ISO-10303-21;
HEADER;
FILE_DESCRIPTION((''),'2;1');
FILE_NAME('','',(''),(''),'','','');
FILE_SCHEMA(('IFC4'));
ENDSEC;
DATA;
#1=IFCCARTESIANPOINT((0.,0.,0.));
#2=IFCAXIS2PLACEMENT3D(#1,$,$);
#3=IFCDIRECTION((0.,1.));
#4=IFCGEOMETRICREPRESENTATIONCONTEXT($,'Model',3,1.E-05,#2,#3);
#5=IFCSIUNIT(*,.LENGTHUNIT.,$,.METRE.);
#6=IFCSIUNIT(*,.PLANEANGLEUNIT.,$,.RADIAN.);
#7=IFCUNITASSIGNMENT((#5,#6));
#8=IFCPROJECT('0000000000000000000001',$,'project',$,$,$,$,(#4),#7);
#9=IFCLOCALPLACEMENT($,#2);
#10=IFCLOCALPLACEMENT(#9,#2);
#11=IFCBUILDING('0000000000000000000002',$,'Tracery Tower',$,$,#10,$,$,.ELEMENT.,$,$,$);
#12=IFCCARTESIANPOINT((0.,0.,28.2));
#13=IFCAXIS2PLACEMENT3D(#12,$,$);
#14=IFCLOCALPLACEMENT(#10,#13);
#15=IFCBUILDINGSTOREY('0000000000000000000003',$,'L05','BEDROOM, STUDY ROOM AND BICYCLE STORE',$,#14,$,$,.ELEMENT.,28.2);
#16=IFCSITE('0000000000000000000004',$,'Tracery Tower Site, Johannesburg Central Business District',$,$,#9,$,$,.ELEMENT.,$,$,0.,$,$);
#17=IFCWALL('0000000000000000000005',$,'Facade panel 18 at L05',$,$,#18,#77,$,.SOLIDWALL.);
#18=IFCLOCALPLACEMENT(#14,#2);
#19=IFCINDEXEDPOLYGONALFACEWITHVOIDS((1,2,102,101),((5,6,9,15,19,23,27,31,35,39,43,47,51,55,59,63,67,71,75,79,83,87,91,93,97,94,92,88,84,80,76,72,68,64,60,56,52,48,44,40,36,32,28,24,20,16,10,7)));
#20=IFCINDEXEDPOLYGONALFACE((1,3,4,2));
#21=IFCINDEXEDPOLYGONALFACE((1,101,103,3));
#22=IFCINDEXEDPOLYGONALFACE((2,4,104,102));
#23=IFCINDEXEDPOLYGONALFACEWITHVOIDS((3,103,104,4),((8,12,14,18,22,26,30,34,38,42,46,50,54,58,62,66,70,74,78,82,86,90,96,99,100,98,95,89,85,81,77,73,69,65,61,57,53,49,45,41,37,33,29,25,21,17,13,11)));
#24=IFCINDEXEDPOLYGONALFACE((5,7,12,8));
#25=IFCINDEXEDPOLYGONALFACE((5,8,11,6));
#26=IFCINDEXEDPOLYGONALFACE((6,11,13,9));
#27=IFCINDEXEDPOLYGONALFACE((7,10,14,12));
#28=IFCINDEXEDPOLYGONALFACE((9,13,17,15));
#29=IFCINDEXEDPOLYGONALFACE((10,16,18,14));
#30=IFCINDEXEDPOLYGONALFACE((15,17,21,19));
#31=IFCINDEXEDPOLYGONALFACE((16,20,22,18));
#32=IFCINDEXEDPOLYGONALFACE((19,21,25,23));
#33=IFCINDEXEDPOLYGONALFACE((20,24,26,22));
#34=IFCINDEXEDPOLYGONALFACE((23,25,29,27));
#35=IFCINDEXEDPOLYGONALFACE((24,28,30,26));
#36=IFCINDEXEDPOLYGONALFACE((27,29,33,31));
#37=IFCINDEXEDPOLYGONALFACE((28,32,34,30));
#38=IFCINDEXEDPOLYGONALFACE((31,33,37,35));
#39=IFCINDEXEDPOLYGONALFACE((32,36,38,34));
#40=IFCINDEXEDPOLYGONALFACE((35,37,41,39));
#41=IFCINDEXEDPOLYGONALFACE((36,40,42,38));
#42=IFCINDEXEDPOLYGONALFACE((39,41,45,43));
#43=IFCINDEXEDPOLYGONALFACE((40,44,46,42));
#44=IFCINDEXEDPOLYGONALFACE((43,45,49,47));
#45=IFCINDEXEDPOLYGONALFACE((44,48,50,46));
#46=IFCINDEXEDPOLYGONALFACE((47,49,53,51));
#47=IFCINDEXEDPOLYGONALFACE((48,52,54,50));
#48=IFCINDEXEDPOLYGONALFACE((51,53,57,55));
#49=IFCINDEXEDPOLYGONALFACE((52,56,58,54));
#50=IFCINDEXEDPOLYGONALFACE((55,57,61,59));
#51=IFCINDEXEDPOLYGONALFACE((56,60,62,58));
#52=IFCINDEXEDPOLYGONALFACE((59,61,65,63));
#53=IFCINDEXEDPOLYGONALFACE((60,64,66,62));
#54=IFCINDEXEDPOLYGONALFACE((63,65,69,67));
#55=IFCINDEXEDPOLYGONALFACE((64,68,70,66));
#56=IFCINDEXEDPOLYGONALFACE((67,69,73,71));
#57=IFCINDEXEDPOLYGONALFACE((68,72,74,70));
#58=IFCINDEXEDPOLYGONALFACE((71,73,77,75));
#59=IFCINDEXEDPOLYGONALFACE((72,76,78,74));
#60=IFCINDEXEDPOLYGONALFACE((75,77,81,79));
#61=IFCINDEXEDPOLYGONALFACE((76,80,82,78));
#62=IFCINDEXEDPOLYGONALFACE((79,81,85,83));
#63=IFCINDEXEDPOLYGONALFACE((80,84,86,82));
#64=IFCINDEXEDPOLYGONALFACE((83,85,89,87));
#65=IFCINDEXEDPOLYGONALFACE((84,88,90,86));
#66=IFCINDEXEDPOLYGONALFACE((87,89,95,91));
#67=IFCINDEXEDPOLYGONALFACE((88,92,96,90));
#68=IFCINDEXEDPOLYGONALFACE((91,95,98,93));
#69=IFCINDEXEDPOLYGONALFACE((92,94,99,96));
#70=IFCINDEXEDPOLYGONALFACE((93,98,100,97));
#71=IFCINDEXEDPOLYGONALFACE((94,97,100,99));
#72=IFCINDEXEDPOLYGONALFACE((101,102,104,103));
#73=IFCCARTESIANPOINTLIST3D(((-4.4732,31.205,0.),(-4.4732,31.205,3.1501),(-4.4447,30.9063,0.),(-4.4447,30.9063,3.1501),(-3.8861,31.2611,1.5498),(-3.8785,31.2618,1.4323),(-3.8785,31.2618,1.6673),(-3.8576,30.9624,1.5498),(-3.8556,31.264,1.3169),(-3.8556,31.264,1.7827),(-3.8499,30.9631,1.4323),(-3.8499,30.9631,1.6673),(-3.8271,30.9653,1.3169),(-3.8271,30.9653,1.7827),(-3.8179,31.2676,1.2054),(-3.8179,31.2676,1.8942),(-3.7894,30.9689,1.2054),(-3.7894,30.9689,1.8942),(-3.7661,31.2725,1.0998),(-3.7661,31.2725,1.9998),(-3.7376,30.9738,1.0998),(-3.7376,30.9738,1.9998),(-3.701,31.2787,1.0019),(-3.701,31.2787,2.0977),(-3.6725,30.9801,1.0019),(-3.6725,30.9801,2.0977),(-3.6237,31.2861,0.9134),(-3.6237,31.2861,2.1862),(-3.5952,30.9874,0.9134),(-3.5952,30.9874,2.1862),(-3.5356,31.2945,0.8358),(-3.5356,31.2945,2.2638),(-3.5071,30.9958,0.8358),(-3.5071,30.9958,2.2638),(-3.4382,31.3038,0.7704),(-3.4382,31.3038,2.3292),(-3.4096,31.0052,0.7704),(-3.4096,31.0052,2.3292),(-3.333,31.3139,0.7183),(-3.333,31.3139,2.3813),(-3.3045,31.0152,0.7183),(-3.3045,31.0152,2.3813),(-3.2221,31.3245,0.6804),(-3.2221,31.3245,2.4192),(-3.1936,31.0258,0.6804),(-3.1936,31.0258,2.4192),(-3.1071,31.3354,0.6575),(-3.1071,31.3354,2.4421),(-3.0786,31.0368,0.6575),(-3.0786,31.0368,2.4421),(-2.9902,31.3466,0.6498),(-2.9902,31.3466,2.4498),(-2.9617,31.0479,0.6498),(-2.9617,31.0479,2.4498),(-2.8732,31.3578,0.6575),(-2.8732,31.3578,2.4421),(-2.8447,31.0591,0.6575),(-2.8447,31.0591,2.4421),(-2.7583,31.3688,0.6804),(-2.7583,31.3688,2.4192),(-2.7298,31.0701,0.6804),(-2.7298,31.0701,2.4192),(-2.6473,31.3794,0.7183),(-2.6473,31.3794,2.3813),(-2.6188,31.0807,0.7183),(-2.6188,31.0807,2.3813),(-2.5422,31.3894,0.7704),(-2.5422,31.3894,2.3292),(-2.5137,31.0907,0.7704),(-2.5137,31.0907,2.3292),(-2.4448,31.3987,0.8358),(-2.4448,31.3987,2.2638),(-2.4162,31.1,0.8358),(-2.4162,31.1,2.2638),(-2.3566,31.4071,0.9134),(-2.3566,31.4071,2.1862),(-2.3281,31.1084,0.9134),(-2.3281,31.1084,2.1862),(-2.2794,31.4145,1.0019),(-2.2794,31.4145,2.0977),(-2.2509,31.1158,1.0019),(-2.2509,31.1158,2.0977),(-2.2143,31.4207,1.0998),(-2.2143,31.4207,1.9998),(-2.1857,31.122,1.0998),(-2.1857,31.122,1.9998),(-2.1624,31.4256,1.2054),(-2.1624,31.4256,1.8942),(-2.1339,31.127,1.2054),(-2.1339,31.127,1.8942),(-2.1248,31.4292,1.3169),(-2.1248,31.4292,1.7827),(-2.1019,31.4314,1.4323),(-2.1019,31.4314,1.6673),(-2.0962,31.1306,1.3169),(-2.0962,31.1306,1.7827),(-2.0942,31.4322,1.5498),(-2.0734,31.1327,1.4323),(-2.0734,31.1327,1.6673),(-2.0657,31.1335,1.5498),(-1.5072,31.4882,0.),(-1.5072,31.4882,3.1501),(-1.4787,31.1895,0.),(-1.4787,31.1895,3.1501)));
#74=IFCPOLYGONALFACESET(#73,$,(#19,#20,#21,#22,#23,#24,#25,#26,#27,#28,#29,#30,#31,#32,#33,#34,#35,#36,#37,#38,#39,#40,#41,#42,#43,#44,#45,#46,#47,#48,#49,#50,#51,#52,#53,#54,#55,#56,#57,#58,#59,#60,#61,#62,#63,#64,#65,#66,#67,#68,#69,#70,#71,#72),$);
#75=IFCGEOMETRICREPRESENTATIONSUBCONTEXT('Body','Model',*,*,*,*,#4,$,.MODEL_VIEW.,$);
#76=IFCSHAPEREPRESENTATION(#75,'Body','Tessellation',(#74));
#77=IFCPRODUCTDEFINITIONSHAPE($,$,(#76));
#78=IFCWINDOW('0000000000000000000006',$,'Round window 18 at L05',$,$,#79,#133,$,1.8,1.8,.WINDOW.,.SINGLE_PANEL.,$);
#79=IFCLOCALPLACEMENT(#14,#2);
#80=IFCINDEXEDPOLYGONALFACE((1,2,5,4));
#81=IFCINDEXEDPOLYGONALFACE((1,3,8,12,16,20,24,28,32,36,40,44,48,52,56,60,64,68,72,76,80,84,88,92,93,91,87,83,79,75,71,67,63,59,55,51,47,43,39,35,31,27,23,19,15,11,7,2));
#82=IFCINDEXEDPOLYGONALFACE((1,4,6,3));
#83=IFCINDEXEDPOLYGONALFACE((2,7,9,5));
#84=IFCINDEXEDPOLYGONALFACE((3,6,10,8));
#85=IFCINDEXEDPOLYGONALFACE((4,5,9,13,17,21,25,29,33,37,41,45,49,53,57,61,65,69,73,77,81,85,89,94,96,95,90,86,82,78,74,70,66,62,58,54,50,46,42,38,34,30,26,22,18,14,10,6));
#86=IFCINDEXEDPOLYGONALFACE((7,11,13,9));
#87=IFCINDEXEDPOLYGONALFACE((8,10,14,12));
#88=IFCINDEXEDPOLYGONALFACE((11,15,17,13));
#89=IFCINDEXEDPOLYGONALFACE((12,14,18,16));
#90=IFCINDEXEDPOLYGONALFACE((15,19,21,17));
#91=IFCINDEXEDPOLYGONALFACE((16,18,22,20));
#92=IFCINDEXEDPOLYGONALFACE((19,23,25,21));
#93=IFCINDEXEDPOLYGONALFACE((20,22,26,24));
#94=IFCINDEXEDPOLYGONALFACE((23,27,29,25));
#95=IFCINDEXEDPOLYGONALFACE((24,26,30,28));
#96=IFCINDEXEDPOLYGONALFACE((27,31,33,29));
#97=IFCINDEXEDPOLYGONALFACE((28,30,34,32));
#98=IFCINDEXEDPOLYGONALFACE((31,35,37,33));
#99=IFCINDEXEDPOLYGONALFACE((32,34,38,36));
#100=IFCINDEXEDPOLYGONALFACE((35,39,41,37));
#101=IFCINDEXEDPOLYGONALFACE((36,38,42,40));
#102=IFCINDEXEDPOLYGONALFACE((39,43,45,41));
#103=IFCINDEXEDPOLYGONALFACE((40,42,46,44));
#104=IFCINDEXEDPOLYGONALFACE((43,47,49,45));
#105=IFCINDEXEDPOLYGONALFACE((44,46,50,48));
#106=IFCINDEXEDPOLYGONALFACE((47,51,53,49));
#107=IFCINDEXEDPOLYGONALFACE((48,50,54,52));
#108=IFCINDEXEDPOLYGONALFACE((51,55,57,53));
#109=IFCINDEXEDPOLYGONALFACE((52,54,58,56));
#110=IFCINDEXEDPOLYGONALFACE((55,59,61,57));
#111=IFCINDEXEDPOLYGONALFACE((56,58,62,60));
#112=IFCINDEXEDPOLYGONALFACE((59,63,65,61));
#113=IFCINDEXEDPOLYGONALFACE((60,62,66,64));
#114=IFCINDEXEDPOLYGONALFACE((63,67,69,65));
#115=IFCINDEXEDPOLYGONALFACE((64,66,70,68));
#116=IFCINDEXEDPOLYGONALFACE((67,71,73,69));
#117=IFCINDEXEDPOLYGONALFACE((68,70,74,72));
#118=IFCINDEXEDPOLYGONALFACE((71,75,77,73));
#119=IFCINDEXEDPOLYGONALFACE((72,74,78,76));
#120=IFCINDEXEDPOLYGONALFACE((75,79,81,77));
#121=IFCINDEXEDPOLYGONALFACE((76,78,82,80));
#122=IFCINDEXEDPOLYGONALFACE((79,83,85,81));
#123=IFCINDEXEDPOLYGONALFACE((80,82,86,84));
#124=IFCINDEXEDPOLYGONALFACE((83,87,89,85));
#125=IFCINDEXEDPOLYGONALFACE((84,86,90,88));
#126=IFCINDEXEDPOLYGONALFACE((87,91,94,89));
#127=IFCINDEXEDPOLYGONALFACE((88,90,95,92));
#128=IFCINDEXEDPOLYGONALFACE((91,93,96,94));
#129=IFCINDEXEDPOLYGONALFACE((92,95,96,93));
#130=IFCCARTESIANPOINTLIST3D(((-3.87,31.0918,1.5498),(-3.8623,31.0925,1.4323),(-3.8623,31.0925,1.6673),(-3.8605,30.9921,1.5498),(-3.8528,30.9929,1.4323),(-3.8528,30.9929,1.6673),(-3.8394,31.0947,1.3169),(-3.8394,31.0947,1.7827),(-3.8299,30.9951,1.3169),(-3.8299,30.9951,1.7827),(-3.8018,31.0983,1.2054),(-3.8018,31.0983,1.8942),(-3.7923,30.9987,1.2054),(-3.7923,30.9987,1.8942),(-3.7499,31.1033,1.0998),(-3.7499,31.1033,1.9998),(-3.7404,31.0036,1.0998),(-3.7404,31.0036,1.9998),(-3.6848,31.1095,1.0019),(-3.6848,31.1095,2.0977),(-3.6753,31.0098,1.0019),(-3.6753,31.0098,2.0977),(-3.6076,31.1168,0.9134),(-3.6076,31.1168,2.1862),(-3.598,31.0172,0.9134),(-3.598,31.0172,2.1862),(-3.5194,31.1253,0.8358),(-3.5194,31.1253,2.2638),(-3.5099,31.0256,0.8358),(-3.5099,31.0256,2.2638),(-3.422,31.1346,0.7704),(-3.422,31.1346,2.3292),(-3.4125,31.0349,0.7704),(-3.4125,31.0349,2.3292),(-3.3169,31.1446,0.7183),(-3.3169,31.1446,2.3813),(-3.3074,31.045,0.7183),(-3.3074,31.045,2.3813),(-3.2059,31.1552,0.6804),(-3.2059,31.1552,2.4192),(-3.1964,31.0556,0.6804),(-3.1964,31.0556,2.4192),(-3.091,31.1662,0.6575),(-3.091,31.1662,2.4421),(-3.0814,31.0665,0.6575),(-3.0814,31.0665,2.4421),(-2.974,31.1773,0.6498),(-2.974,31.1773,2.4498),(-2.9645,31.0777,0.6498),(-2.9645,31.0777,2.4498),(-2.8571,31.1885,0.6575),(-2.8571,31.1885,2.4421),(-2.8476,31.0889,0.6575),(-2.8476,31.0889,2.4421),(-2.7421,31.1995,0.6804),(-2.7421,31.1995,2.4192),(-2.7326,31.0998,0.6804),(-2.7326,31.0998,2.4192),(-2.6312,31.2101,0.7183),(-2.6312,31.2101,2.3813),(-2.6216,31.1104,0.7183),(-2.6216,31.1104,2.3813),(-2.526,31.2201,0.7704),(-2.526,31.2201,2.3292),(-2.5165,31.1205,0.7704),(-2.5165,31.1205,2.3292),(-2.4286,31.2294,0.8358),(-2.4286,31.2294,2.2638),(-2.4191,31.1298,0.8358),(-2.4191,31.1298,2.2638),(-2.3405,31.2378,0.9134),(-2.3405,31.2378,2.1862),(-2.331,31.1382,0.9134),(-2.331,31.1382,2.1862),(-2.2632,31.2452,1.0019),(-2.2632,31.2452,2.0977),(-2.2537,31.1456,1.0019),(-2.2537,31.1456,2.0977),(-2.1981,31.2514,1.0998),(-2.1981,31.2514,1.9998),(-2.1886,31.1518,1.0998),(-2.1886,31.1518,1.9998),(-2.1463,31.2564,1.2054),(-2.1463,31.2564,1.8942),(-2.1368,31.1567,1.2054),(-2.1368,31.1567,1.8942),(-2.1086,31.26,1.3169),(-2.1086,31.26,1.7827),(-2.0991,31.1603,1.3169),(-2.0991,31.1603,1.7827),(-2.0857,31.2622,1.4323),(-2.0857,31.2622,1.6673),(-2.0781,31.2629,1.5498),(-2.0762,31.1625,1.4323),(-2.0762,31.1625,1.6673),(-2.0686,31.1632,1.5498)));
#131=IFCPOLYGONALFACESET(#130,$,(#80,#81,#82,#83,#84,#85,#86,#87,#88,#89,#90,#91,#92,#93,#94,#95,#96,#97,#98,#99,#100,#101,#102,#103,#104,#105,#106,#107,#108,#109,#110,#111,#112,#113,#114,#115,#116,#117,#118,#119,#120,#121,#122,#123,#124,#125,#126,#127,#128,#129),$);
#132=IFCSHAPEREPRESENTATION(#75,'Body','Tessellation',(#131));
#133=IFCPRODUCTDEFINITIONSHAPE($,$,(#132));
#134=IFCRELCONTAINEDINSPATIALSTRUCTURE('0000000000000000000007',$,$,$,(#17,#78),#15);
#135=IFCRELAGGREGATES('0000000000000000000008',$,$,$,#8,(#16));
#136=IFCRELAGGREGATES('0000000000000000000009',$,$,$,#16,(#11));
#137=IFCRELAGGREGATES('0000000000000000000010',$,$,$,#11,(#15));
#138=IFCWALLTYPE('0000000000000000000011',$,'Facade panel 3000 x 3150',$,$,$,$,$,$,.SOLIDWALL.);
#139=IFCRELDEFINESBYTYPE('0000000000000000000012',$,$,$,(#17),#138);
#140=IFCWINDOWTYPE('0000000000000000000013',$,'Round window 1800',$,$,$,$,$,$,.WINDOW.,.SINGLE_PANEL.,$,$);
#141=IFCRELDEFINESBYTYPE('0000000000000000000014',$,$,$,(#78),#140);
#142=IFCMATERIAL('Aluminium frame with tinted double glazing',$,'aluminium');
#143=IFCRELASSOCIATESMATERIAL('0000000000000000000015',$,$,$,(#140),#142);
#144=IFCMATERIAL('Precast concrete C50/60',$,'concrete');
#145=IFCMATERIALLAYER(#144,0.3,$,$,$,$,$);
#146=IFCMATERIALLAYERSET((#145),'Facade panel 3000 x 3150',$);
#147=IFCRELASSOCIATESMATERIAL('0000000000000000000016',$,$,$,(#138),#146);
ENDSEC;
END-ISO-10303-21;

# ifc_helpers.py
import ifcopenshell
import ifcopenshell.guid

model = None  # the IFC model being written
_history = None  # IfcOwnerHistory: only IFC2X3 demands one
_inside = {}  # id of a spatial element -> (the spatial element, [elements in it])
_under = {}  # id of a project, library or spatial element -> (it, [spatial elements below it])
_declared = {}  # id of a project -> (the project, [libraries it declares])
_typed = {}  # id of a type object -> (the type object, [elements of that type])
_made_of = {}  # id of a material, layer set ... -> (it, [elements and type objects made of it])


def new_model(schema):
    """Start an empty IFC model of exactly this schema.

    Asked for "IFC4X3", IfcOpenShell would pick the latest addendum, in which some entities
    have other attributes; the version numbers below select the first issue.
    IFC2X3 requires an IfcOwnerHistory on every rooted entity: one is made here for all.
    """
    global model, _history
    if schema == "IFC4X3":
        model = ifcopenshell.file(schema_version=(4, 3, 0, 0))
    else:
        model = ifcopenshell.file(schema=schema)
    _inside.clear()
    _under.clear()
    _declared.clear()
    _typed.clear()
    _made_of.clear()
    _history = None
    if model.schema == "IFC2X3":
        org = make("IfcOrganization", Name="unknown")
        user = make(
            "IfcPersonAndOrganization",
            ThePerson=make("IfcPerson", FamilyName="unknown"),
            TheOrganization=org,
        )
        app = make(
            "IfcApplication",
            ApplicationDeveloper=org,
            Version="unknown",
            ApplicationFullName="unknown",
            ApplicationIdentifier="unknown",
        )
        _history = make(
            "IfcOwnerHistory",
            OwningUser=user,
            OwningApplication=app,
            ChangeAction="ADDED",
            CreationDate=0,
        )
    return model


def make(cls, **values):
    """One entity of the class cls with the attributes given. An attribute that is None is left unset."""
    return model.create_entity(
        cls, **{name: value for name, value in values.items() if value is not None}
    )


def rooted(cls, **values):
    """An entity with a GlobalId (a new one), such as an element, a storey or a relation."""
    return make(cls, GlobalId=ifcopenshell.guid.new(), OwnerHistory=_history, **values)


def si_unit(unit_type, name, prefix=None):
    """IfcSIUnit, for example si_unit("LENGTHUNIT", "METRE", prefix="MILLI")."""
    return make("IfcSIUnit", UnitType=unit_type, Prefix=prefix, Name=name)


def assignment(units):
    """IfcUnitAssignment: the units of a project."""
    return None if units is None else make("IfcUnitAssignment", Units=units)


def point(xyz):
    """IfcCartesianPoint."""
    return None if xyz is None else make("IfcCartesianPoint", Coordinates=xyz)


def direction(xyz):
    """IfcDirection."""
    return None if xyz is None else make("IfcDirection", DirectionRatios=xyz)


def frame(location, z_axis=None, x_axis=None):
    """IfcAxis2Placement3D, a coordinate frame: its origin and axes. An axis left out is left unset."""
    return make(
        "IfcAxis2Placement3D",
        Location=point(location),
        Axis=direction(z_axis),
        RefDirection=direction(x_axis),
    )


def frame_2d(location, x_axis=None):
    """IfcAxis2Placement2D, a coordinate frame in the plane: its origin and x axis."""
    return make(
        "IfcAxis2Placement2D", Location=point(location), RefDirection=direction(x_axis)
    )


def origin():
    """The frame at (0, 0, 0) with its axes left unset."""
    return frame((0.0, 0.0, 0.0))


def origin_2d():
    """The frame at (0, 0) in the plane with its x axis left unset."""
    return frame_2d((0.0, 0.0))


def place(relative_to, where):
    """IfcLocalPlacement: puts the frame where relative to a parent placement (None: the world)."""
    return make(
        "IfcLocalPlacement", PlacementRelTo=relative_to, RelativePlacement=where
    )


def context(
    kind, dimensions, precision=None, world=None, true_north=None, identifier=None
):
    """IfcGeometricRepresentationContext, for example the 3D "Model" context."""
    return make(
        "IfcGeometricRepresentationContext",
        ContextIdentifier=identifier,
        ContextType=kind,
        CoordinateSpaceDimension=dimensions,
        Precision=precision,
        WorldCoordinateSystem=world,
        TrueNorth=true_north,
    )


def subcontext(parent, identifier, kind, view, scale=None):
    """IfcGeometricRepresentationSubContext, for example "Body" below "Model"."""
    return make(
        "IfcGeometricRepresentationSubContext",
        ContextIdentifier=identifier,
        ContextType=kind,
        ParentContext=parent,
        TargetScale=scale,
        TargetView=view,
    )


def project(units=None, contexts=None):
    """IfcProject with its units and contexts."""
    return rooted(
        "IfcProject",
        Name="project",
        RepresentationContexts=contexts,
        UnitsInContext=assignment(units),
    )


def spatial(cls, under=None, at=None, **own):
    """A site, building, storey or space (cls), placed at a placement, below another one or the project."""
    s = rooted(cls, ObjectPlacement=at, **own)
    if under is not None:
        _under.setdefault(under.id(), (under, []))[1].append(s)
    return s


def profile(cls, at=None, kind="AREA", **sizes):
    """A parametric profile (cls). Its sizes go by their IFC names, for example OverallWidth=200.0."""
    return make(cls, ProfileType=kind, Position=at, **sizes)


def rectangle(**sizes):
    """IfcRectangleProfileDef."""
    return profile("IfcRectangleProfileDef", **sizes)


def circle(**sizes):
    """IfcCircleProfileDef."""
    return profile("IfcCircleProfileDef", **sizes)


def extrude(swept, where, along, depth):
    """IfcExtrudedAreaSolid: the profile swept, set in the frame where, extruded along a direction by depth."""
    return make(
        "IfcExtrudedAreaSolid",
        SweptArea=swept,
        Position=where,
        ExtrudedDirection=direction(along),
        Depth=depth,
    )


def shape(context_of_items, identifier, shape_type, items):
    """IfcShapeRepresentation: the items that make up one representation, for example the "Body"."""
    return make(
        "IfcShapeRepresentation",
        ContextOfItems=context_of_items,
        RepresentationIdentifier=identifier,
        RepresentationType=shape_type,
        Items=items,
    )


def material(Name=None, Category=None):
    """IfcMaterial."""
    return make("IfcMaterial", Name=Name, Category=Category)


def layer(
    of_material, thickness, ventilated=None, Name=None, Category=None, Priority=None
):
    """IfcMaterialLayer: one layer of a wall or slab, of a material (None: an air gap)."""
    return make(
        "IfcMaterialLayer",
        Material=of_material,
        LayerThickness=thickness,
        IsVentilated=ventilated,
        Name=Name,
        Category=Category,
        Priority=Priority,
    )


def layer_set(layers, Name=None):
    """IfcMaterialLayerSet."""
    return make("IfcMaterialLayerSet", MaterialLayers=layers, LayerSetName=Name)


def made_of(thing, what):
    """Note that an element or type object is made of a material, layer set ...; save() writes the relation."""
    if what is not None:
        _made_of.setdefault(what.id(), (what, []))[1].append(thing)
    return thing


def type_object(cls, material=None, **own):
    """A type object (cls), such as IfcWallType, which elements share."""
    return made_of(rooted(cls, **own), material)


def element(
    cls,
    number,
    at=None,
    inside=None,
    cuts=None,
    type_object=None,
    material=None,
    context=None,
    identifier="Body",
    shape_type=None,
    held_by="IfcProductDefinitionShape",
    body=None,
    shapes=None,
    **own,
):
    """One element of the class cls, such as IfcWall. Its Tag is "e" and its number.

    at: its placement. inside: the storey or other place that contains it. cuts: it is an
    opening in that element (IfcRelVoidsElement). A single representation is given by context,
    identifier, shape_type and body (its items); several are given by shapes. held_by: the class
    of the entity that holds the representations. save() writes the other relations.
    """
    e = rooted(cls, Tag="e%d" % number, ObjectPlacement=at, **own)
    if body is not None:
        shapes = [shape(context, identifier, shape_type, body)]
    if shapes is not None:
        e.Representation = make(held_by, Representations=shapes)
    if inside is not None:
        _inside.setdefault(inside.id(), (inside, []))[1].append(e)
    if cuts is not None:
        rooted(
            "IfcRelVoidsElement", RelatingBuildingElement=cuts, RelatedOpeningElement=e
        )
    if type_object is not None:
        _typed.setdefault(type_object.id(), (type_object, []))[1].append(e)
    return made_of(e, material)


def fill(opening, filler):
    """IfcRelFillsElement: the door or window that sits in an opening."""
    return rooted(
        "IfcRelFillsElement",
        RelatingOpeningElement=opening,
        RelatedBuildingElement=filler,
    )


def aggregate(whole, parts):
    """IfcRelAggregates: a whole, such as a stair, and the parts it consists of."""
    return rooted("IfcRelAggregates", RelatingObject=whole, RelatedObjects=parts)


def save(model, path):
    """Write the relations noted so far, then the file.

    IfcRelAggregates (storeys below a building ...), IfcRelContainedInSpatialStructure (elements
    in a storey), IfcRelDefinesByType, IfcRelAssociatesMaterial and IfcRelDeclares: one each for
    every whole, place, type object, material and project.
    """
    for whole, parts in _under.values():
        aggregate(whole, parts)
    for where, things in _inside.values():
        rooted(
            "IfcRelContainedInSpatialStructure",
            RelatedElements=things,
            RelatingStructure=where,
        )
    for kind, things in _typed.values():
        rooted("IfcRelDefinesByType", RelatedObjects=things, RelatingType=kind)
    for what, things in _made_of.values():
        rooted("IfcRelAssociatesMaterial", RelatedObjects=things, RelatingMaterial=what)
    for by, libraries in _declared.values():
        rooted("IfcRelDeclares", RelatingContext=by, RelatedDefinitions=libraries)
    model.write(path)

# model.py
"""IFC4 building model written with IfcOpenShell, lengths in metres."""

from ifc_helpers import new_model, si_unit, direction, frame, frame_2d, origin, origin_2d, place, context, subcontext, project, spatial, rectangle, circle, extrude, material, layer, layer_set, type_object, element, fill, save


model = new_model("IFC4")

# Units and contexts
model_context = context("Model", 3, precision=1e-05, world=origin(), true_north=direction((0.0, 1.0)))
body_context = subcontext(model_context, "Body", "Model", "MODEL_VIEW")
ifc_project = project(units=[si_unit("LENGTHUNIT", "METRE"), si_unit("PLANEANGLEUNIT", "RADIAN")], contexts=[model_context])

# Site, building, storey
site_placement = place(None, origin())
site = spatial("IfcSite", under=ifc_project, at=site_placement, Name="Tracery Tower Site, Johannesburg Central Business District", CompositionType="ELEMENT", RefElevation=0.0)
building_placement = place(site_placement, origin())
building = spatial("IfcBuilding", under=site, at=building_placement, Name="Tracery Tower", CompositionType="ELEMENT")
storey_placement = place(building_placement, frame((0.0, 0.0, 28.2)))
storey = spatial("IfcBuildingStorey", under=building, at=storey_placement, Name="L05", Description="BEDROOM, STUDY ROOM AND BICYCLE STORE", CompositionType="ELEMENT", Elevation=28.2)

# Wall, opening, window
ifc_material_1 = material(Name="Aluminium frame with tinted double glazing", Category="aluminium")
window_type = type_object("IfcWindowType", Name="Round window 1800", PartitioningType="SINGLE_PANEL", PredefinedType="WINDOW", material=ifc_material_1)
ifc_material_2 = material(Name="Precast concrete C50/60", Category="concrete")
ifc_layer_1 = layer(ifc_material_2, 0.3)
ifc_layer_set_1 = layer_set([ifc_layer_1], Name="Facade panel 3000 x 3150")
wall_type_1 = type_object("IfcWallType", Name="Facade panel 3000 x 3150", PredefinedType="SOLIDWALL", material=ifc_layer_set_1)
wall_1_placement = place(storey_placement, frame((-1.4929, 31.3389, 0.0), z_axis=(0.0, 0.0, 1.0), x_axis=(-0.995473, -0.095049, 0.0)))
wall_1 = element("IfcWall", 1, at=wall_1_placement, inside=storey, type_object=wall_type_1, Name="Facade panel 18 at L05", PredefinedType="SOLIDWALL", context=body_context, shape_type="SweptSolid", body=[
    extrude(rectangle(XDim=2.9795, YDim=0.3, at=frame_2d((1.4897, 0.0))), origin(), (0.0, 0.0, 1.0), 3.1501),
])
opening_1_placement = place(wall_1_placement, frame((1.4897, 0.0, 1.5498)))
opening_1 = element("IfcOpeningElement", 2, at=opening_1_placement, cuts=wall_1, PredefinedType="OPENING", context=body_context, shape_type="SweptSolid", body=[
    extrude(circle(Radius=0.9, at=origin_2d()), frame((0.0, 0.1599, 0.0), z_axis=(0.0, -1.0, 0.0), x_axis=(1.0, 0.0, 0.0)), (0.0, 0.0, 1.0), 0.3201),
])
window_1_placement = place(opening_1_placement, origin())
window_1 = element("IfcWindow", 3, at=window_1_placement, inside=storey, type_object=window_type, Name="Round window 18 at L05", OverallHeight=1.8, OverallWidth=1.8, PartitioningType="SINGLE_PANEL", PredefinedType="WINDOW", context=body_context, shape_type="SweptSolid", body=[
    extrude(circle(Radius=0.9, at=origin_2d()), frame((0.0, 0.1201, 0.0), z_axis=(0.0, -1.0, 0.0), x_axis=(1.0, 0.0, 0.0)), (0.0, 0.0, 1.0), 0.1001),
])
fill(opening_1, window_1)

save(model, "model.ifc")
